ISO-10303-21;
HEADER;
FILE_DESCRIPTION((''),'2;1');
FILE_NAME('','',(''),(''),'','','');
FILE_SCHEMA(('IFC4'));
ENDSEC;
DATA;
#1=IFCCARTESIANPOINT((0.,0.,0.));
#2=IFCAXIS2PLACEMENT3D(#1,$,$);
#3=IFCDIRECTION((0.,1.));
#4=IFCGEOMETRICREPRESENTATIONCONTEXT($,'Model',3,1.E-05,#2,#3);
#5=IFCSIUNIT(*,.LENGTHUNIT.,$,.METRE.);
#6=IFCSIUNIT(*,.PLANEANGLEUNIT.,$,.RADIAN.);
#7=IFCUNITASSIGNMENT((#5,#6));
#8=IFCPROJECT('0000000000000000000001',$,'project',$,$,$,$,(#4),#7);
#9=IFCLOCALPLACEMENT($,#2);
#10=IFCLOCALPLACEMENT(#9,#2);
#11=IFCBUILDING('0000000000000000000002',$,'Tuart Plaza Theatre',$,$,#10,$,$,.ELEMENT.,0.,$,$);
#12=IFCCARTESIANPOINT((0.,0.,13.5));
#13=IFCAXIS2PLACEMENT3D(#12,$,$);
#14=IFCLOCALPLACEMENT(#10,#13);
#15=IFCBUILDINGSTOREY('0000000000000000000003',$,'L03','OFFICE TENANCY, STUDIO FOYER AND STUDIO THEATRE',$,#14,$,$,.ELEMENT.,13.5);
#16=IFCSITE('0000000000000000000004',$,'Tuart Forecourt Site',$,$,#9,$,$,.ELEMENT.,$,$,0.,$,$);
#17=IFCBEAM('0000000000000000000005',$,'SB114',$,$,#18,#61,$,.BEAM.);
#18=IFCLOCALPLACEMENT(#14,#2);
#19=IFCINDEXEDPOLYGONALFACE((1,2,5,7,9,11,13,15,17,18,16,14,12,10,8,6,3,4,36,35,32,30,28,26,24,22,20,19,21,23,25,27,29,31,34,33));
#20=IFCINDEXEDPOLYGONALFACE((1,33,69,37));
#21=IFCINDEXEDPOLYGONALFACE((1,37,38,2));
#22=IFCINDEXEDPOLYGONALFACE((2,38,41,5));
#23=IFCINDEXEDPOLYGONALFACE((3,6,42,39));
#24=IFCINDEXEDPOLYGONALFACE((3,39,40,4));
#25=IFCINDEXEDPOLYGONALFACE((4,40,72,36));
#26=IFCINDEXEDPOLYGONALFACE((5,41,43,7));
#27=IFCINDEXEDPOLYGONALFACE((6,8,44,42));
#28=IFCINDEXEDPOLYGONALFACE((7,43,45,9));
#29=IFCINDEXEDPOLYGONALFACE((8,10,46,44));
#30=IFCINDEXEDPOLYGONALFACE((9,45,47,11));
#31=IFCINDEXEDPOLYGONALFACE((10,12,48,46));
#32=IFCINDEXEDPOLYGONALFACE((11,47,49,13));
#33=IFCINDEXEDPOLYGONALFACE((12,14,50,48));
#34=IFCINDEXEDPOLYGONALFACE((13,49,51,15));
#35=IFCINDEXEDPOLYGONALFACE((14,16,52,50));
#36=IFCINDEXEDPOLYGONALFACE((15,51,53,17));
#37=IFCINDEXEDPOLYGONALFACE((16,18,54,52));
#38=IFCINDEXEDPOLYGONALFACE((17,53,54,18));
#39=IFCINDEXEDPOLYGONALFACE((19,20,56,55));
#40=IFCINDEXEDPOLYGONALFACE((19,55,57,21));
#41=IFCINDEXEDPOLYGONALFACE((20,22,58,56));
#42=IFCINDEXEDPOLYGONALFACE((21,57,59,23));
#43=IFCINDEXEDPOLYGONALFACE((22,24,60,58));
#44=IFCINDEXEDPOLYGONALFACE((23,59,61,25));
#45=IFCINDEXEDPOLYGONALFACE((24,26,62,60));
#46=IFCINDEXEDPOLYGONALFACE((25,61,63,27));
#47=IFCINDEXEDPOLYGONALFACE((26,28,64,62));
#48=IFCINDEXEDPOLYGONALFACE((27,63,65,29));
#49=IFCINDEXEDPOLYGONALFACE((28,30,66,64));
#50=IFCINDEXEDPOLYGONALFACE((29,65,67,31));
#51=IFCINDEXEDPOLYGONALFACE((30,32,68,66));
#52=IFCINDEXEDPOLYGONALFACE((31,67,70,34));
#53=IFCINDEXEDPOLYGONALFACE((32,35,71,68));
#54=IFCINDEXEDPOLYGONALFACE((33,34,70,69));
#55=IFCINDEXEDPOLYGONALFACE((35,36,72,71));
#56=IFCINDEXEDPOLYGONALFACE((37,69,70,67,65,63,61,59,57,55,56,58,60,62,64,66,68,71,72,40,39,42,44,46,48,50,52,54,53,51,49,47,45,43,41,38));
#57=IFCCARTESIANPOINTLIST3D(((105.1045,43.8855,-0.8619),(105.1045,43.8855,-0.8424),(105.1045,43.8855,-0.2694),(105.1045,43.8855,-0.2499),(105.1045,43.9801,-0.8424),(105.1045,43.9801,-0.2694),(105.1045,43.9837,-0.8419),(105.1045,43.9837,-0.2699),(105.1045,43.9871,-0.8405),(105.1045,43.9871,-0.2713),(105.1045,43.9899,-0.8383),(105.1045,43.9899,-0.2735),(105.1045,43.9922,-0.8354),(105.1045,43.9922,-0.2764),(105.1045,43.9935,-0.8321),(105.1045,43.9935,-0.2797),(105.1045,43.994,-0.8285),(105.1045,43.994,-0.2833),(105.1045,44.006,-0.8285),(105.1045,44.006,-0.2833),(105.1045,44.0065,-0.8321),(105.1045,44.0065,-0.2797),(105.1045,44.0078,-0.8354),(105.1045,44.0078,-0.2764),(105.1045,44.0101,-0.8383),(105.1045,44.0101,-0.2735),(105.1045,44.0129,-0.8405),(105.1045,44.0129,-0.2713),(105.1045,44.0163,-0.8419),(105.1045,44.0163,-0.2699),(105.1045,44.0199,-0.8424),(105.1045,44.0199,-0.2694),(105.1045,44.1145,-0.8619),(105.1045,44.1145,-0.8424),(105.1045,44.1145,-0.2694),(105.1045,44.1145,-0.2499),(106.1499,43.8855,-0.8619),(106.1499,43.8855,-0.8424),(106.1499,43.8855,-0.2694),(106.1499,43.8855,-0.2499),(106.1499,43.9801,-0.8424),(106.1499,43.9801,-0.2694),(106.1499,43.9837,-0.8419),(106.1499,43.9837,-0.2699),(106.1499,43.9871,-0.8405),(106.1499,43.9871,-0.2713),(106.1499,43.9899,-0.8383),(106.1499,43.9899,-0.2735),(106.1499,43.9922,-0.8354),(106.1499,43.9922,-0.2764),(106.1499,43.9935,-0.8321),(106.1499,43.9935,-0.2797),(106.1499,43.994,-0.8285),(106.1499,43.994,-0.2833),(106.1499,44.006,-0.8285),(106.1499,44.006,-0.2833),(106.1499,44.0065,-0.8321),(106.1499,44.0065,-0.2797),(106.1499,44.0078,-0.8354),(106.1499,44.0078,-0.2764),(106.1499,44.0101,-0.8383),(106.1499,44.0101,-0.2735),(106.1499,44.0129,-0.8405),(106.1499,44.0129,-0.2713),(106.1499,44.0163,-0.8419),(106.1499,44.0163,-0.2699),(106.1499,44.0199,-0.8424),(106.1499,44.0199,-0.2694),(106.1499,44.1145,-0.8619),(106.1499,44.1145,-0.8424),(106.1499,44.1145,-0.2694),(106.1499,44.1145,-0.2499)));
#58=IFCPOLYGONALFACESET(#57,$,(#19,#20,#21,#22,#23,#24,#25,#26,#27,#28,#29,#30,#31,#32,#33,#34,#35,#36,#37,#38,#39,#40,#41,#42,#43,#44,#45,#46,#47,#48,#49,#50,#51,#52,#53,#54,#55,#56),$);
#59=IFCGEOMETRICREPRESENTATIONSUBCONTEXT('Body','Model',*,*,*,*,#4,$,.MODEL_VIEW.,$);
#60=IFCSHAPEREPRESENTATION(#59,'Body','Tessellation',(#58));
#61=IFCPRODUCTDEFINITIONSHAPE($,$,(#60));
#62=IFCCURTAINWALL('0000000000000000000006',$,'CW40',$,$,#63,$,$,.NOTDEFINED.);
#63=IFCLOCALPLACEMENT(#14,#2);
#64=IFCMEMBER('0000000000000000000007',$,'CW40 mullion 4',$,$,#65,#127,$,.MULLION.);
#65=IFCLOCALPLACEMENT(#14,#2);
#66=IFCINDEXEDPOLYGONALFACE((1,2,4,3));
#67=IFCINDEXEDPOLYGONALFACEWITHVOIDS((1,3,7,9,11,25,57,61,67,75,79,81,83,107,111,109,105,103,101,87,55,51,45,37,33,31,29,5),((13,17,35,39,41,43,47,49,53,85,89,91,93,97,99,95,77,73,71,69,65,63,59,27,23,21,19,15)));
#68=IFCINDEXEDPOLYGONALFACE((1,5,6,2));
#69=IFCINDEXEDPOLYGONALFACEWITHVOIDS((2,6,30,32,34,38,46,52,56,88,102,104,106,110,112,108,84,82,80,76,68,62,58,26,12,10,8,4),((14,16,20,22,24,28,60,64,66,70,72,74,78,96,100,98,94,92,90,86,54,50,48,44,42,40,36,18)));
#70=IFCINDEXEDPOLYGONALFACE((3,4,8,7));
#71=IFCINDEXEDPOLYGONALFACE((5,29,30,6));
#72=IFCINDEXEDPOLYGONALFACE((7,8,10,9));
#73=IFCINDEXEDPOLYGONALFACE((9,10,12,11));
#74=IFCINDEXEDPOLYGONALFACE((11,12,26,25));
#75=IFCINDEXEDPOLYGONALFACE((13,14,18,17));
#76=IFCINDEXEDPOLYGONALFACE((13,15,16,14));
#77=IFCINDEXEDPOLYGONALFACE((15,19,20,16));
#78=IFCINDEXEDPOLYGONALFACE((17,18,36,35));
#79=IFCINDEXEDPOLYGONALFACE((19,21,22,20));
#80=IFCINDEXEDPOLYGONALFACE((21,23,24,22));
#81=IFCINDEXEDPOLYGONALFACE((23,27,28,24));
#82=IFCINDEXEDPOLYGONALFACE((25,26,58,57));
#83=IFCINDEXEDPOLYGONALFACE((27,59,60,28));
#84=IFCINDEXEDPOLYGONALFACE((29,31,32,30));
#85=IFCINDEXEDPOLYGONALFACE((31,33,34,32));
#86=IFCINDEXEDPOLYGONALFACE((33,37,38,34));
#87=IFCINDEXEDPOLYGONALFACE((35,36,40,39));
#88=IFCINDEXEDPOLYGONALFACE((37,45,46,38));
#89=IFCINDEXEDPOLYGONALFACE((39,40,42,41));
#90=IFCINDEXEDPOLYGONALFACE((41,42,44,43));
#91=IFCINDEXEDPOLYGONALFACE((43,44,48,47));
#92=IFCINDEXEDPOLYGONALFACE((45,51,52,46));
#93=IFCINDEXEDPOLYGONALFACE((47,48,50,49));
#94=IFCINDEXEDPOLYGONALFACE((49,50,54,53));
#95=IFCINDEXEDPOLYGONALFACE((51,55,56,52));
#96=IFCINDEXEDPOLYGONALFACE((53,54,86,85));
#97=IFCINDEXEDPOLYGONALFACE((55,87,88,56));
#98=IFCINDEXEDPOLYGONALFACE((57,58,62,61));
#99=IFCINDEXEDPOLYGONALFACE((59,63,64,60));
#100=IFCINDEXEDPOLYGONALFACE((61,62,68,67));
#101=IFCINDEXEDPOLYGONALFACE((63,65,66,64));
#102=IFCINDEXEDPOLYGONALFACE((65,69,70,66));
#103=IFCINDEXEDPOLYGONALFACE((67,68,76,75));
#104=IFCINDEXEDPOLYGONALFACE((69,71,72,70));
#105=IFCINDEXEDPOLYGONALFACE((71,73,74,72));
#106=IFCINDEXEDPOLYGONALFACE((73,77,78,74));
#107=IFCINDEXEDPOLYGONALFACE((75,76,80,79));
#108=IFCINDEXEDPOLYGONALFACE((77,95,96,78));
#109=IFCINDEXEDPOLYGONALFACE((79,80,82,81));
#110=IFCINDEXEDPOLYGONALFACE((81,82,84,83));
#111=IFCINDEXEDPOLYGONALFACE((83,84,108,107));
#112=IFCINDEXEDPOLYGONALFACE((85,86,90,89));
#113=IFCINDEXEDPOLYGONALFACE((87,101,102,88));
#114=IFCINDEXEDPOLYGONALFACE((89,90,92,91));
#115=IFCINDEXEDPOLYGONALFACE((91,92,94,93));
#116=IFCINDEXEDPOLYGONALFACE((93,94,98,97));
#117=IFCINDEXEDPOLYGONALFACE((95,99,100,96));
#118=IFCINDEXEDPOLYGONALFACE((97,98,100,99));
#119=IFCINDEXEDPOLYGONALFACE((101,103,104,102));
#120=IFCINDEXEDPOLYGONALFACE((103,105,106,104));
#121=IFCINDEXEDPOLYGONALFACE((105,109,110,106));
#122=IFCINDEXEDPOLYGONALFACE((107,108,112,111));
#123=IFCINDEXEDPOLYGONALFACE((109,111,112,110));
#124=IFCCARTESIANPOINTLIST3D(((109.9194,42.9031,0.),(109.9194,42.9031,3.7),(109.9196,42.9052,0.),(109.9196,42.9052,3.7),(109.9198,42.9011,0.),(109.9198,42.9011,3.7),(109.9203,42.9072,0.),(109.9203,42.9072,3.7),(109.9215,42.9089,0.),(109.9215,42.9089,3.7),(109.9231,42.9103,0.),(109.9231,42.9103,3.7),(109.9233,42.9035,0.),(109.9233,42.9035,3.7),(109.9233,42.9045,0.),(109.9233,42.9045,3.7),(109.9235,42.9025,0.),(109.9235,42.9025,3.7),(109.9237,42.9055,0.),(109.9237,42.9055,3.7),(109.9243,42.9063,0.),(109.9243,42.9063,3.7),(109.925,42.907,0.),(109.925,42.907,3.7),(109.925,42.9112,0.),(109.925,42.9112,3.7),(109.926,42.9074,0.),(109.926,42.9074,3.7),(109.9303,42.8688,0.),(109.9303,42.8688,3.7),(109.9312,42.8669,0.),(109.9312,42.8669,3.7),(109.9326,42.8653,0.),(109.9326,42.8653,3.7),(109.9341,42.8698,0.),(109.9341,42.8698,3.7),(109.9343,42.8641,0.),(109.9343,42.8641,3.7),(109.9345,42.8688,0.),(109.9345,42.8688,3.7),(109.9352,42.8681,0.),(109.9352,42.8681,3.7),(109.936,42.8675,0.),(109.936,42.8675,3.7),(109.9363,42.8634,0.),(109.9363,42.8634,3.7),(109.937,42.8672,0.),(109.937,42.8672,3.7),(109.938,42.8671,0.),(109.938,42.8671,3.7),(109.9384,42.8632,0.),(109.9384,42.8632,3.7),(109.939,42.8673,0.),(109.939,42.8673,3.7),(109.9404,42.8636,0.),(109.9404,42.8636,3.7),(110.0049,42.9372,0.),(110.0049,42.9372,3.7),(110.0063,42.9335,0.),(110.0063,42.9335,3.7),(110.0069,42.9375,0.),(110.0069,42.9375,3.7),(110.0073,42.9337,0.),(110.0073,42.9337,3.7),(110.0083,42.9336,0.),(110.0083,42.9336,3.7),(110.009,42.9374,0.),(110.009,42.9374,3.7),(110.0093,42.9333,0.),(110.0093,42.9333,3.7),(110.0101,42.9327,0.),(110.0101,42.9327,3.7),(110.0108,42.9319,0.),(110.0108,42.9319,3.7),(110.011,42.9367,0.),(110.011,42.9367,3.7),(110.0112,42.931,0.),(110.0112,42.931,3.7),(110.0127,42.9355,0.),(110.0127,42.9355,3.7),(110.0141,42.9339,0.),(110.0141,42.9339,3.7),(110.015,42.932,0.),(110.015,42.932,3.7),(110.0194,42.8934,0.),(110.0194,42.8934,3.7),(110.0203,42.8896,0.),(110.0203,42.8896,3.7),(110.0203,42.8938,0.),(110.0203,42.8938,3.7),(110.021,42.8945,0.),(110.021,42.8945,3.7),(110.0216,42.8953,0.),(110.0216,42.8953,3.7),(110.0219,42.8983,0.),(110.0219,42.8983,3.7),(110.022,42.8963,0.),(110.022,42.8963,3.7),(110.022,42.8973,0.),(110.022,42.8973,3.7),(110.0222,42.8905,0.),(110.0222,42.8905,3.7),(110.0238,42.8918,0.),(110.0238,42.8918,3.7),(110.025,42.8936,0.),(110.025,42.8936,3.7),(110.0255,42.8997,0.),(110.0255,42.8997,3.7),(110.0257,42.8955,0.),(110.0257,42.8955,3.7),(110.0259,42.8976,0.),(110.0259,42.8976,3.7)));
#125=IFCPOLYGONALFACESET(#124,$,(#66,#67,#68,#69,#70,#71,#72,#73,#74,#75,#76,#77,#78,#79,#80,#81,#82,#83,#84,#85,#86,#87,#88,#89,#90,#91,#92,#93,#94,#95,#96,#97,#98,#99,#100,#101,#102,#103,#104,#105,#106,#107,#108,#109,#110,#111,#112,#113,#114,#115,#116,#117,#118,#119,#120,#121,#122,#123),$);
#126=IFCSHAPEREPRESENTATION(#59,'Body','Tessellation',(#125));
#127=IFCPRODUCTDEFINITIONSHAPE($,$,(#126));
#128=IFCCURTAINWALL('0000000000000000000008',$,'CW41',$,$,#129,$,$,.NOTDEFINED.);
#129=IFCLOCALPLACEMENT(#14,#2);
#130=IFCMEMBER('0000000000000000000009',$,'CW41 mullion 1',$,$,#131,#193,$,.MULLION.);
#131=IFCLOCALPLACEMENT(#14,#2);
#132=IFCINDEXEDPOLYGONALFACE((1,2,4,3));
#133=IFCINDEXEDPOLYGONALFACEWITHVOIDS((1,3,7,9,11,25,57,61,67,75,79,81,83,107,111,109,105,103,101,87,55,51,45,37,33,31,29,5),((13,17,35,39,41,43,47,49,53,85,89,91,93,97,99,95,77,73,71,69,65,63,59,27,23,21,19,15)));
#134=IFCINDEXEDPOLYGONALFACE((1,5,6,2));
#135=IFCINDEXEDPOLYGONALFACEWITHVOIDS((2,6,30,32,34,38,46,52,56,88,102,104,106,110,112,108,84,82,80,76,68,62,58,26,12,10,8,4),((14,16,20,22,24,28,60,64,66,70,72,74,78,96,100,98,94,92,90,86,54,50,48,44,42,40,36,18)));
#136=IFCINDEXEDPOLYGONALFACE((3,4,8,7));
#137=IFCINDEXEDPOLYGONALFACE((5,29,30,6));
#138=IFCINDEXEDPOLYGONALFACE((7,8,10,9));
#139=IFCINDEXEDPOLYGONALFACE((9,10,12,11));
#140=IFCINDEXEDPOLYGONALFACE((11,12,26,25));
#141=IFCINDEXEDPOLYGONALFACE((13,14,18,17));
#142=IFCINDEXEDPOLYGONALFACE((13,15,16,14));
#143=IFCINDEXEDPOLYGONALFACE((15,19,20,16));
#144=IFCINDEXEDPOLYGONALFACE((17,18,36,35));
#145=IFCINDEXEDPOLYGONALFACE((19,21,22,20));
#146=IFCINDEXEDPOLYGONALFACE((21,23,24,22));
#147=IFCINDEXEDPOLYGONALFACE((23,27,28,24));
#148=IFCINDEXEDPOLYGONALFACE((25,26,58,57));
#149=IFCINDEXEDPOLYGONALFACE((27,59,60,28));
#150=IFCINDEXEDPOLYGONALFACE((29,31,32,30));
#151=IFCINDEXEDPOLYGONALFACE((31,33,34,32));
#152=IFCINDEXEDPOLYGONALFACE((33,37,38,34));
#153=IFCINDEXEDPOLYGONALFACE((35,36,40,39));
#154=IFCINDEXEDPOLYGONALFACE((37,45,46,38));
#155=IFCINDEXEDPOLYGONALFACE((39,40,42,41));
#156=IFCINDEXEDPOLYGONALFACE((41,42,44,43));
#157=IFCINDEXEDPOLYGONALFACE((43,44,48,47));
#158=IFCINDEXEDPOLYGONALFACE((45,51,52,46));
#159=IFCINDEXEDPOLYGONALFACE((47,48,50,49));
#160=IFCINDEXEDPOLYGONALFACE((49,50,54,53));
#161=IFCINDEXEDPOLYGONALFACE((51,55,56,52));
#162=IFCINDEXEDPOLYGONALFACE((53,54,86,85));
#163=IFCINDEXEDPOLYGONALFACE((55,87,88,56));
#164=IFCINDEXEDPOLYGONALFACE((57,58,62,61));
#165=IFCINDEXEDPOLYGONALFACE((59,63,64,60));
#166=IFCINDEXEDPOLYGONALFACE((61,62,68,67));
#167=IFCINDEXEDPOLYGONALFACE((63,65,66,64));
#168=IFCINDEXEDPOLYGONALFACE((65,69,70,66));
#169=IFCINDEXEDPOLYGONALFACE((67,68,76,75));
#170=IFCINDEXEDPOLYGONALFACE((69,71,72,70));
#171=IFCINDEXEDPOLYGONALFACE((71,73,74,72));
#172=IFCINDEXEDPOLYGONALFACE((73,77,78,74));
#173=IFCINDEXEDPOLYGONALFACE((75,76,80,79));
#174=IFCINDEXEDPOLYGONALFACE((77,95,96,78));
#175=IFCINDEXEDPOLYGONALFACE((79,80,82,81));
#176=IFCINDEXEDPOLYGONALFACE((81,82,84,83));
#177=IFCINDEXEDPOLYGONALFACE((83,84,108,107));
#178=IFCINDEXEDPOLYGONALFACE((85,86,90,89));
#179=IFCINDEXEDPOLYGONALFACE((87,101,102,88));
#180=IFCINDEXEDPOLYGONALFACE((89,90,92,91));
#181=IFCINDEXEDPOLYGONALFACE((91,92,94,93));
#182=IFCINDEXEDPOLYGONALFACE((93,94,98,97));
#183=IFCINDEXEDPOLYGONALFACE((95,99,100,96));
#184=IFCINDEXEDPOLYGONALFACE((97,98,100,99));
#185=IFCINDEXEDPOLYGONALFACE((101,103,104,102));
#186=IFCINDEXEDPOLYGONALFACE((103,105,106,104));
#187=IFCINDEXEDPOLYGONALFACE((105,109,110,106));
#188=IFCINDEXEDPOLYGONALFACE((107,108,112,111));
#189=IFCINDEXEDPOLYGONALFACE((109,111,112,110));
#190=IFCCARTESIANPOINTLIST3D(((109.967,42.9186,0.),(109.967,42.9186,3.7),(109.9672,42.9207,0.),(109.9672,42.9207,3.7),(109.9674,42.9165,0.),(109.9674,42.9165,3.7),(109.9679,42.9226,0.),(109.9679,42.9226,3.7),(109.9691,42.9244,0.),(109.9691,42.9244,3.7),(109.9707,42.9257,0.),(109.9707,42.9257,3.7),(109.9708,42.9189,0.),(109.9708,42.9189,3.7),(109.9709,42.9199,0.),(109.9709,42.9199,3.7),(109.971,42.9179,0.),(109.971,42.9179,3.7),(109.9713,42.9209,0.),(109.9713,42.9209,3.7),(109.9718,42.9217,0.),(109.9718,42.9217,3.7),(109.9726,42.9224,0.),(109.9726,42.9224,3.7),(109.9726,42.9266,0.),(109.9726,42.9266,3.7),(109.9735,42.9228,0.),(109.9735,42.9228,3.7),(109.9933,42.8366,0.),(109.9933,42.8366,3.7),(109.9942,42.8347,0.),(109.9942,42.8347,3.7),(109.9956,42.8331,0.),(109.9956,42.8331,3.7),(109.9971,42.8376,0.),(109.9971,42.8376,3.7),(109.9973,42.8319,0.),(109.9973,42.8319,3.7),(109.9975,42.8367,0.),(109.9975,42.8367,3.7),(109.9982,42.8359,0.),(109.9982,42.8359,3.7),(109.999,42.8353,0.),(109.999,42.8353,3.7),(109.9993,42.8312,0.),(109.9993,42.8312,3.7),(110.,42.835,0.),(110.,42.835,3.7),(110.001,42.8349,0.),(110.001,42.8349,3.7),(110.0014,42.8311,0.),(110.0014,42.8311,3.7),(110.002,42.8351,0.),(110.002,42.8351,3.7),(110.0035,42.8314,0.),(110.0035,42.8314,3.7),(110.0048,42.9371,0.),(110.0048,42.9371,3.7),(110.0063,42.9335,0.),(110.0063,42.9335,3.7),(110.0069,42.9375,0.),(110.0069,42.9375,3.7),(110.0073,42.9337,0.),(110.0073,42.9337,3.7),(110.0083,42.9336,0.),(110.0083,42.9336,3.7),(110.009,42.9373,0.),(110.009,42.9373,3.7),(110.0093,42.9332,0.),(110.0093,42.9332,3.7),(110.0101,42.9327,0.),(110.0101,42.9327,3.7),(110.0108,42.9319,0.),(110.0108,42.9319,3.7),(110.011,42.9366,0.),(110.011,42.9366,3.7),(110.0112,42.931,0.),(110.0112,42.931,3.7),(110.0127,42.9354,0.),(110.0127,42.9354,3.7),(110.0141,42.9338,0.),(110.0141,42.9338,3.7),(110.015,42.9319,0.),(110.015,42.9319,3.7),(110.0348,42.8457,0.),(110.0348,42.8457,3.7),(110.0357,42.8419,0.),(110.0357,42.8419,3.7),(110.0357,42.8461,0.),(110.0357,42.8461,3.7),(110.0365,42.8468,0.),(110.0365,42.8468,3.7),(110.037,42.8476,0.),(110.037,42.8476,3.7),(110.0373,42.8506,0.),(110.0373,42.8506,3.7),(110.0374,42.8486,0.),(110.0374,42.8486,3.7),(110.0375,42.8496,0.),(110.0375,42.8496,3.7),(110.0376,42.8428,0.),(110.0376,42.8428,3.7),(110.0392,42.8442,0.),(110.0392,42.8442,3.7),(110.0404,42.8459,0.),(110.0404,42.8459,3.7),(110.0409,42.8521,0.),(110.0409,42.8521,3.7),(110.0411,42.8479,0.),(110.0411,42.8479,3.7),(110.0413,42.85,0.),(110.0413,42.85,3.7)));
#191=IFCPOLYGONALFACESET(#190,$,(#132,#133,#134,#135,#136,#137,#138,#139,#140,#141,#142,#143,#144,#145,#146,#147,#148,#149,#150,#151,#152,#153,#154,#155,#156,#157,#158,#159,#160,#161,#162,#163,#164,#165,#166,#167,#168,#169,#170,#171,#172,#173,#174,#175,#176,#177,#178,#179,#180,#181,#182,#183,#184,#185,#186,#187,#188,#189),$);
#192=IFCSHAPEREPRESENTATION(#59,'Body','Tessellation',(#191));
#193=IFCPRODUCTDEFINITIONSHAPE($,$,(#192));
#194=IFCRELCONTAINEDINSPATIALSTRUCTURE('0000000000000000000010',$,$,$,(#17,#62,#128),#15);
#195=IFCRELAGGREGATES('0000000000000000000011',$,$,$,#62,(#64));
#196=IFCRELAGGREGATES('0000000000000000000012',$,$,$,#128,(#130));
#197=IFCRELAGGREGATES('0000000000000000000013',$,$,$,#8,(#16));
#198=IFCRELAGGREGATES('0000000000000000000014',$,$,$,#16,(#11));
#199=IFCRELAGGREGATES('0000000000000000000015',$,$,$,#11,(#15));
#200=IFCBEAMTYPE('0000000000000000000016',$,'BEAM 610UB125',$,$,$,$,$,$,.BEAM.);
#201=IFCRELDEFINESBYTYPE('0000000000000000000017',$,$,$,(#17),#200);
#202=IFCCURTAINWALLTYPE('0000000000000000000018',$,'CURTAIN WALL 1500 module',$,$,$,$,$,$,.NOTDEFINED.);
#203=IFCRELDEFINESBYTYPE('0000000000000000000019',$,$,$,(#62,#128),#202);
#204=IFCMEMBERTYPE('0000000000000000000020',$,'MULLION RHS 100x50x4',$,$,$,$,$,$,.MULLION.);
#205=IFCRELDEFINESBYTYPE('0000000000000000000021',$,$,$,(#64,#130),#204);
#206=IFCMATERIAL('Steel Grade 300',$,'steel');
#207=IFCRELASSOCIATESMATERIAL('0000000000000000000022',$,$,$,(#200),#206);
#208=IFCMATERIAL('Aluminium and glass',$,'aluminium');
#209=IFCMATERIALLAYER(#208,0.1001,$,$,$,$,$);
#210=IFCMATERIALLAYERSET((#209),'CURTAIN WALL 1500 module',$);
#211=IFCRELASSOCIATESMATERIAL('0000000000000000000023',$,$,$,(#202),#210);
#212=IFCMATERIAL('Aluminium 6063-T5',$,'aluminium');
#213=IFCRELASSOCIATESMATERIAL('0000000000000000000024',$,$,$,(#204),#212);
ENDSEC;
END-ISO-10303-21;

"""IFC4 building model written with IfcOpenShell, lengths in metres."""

from ifc_helpers import new_model, si_unit, direction, frame, origin, origin_2d, place, context, subcontext, project, spatial, hollow_rectangle, i_section, extrude, material, layer, layer_set, material_profile, profile_set, type_object, element, aggregate, save


model = new_model("IFC4")

# Units and contexts
model_context = context("Model", 3, precision=1e-05, world=origin(), true_north=direction((0.0, 1.0)))
body_context = subcontext(model_context, "Body", "Model", "MODEL_VIEW")
ifc_project = project(units=[si_unit("LENGTHUNIT", "METRE"), si_unit("PLANEANGLEUNIT", "RADIAN")], contexts=[model_context])

# Site, building, storey
site_placement = place(None, origin())
site = spatial("IfcSite", under=ifc_project, at=site_placement, Name="Tuart Forecourt Site", CompositionType="ELEMENT", RefElevation=0.0)
building_placement = place(site_placement, origin())
building = spatial("IfcBuilding", under=site, at=building_placement, Name="Tuart Plaza Theatre", CompositionType="ELEMENT", ElevationOfRefHeight=0.0)
storey_placement = place(building_placement, frame((0.0, 0.0, 13.5)))
storey = spatial("IfcBuildingStorey", under=building, at=storey_placement, Name="L03", Description="OFFICE TENANCY, STUDIO FOYER AND STUDIO THEATRE", CompositionType="ELEMENT", Elevation=13.5)

# Beam
ifc_material_1 = material(Name="Steel Grade 300", Category="steel")
ifc_material_profile_1 = material_profile(ifc_material_1, i_section(OverallWidth=0.229, OverallDepth=0.6121, WebThickness=0.012, FlangeThickness=0.0195, FilletRadius=0.0139, at=origin_2d()), Name="610UB125")
ifc_profile_set_1 = profile_set([ifc_material_profile_1], Name="Steel Grade 300")
beam_type = type_object("IfcBeamType", Name="BEAM 610UB125", PredefinedType="BEAM", material=ifc_profile_set_1)
beam_placement = place(storey_placement, frame((105.1045, 44.0, -0.5559), z_axis=(1.0, 0.0, 0.0), x_axis=(0.0, 1.0, 0.0)))
element("IfcBeam", 1, at=beam_placement, inside=storey, type_object=beam_type, Name="SB114", PredefinedType="BEAM", context=body_context, shape_type="SweptSolid", body=[
    extrude(i_section(OverallWidth=0.229, OverallDepth=0.6121, WebThickness=0.012, FlangeThickness=0.0195, FilletRadius=0.0139, at=origin_2d()), origin(), (0.0, 0.0, 1.0), 1.0454),
])

# Curtain walls, members
ifc_material_2 = material(Name="Aluminium and glass", Category="aluminium")
ifc_layer_1 = layer(ifc_material_2, 0.1001)
ifc_layer_set_1 = layer_set([ifc_layer_1], Name="CURTAIN WALL 1500 module")
curtain_wall_type = type_object("IfcCurtainWallType", Name="CURTAIN WALL 1500 module", PredefinedType="NOTDEFINED", material=ifc_layer_set_1)
curtain_wall_1_placement = place(storey_placement, origin())
curtain_wall_1 = element("IfcCurtainWall", 2, at=curtain_wall_1_placement, inside=storey, type_object=curtain_wall_type, Name="CW40", PredefinedType="NOTDEFINED")
ifc_material_3 = material(Name="Aluminium 6063-T5", Category="aluminium")
ifc_material_profile_2 = material_profile(ifc_material_3, hollow_rectangle(XDim=0.05, YDim=0.1001, WallThickness=0.0039, InnerFilletRadius=0.0039, OuterFilletRadius=0.0081, at=origin_2d()), Name="RHS 100x50x4")
ifc_profile_set_2 = profile_set([ifc_material_profile_2], Name="Aluminium 6063-T5")
member_type_1 = type_object("IfcMemberType", Name="MULLION RHS 100x50x4", PredefinedType="MULLION", material=ifc_profile_set_2)
member_1_placement = place(storey_placement, frame((109.9727, 42.9004, 0.0), z_axis=(0.0, 0.0, 1.0), x_axis=(-0.308885, 0.951099, 0.0)))
member_1 = element("IfcMember", 3, at=member_1_placement, type_object=member_type_1, Name="CW40 mullion 4", PredefinedType="MULLION", context=body_context, shape_type="SweptSolid", body=[
    extrude(hollow_rectangle(XDim=0.05, YDim=0.1001, WallThickness=0.0039, InnerFilletRadius=0.0039, OuterFilletRadius=0.0081, at=origin_2d()), origin(), (0.0, 0.0, 1.0), 3.7),
])
aggregate(curtain_wall_1, [member_1])
curtain_wall_2_placement = place(storey_placement, origin())
curtain_wall_2 = element("IfcCurtainWall", 4, at=curtain_wall_2_placement, inside=storey, type_object=curtain_wall_type, Name="CW41", PredefinedType="NOTDEFINED")
member_2_placement = place(storey_placement, frame((110.0042, 42.8843, 0.0), z_axis=(0.0, 0.0, 1.0), x_axis=(0.951122, 0.308815, 0.0)))
member_2 = element("IfcMember", 5, at=member_2_placement, type_object=member_type_1, Name="CW41 mullion 1", PredefinedType="MULLION", context=body_context, shape_type="SweptSolid", body=[
    extrude(hollow_rectangle(XDim=0.05, YDim=0.1001, WallThickness=0.0039, InnerFilletRadius=0.0039, OuterFilletRadius=0.0081, at=origin_2d()), origin(), (0.0, 0.0, 1.0), 3.7),
])

aggregate(curtain_wall_2, [member_2])

save(model, "model.ifc")
